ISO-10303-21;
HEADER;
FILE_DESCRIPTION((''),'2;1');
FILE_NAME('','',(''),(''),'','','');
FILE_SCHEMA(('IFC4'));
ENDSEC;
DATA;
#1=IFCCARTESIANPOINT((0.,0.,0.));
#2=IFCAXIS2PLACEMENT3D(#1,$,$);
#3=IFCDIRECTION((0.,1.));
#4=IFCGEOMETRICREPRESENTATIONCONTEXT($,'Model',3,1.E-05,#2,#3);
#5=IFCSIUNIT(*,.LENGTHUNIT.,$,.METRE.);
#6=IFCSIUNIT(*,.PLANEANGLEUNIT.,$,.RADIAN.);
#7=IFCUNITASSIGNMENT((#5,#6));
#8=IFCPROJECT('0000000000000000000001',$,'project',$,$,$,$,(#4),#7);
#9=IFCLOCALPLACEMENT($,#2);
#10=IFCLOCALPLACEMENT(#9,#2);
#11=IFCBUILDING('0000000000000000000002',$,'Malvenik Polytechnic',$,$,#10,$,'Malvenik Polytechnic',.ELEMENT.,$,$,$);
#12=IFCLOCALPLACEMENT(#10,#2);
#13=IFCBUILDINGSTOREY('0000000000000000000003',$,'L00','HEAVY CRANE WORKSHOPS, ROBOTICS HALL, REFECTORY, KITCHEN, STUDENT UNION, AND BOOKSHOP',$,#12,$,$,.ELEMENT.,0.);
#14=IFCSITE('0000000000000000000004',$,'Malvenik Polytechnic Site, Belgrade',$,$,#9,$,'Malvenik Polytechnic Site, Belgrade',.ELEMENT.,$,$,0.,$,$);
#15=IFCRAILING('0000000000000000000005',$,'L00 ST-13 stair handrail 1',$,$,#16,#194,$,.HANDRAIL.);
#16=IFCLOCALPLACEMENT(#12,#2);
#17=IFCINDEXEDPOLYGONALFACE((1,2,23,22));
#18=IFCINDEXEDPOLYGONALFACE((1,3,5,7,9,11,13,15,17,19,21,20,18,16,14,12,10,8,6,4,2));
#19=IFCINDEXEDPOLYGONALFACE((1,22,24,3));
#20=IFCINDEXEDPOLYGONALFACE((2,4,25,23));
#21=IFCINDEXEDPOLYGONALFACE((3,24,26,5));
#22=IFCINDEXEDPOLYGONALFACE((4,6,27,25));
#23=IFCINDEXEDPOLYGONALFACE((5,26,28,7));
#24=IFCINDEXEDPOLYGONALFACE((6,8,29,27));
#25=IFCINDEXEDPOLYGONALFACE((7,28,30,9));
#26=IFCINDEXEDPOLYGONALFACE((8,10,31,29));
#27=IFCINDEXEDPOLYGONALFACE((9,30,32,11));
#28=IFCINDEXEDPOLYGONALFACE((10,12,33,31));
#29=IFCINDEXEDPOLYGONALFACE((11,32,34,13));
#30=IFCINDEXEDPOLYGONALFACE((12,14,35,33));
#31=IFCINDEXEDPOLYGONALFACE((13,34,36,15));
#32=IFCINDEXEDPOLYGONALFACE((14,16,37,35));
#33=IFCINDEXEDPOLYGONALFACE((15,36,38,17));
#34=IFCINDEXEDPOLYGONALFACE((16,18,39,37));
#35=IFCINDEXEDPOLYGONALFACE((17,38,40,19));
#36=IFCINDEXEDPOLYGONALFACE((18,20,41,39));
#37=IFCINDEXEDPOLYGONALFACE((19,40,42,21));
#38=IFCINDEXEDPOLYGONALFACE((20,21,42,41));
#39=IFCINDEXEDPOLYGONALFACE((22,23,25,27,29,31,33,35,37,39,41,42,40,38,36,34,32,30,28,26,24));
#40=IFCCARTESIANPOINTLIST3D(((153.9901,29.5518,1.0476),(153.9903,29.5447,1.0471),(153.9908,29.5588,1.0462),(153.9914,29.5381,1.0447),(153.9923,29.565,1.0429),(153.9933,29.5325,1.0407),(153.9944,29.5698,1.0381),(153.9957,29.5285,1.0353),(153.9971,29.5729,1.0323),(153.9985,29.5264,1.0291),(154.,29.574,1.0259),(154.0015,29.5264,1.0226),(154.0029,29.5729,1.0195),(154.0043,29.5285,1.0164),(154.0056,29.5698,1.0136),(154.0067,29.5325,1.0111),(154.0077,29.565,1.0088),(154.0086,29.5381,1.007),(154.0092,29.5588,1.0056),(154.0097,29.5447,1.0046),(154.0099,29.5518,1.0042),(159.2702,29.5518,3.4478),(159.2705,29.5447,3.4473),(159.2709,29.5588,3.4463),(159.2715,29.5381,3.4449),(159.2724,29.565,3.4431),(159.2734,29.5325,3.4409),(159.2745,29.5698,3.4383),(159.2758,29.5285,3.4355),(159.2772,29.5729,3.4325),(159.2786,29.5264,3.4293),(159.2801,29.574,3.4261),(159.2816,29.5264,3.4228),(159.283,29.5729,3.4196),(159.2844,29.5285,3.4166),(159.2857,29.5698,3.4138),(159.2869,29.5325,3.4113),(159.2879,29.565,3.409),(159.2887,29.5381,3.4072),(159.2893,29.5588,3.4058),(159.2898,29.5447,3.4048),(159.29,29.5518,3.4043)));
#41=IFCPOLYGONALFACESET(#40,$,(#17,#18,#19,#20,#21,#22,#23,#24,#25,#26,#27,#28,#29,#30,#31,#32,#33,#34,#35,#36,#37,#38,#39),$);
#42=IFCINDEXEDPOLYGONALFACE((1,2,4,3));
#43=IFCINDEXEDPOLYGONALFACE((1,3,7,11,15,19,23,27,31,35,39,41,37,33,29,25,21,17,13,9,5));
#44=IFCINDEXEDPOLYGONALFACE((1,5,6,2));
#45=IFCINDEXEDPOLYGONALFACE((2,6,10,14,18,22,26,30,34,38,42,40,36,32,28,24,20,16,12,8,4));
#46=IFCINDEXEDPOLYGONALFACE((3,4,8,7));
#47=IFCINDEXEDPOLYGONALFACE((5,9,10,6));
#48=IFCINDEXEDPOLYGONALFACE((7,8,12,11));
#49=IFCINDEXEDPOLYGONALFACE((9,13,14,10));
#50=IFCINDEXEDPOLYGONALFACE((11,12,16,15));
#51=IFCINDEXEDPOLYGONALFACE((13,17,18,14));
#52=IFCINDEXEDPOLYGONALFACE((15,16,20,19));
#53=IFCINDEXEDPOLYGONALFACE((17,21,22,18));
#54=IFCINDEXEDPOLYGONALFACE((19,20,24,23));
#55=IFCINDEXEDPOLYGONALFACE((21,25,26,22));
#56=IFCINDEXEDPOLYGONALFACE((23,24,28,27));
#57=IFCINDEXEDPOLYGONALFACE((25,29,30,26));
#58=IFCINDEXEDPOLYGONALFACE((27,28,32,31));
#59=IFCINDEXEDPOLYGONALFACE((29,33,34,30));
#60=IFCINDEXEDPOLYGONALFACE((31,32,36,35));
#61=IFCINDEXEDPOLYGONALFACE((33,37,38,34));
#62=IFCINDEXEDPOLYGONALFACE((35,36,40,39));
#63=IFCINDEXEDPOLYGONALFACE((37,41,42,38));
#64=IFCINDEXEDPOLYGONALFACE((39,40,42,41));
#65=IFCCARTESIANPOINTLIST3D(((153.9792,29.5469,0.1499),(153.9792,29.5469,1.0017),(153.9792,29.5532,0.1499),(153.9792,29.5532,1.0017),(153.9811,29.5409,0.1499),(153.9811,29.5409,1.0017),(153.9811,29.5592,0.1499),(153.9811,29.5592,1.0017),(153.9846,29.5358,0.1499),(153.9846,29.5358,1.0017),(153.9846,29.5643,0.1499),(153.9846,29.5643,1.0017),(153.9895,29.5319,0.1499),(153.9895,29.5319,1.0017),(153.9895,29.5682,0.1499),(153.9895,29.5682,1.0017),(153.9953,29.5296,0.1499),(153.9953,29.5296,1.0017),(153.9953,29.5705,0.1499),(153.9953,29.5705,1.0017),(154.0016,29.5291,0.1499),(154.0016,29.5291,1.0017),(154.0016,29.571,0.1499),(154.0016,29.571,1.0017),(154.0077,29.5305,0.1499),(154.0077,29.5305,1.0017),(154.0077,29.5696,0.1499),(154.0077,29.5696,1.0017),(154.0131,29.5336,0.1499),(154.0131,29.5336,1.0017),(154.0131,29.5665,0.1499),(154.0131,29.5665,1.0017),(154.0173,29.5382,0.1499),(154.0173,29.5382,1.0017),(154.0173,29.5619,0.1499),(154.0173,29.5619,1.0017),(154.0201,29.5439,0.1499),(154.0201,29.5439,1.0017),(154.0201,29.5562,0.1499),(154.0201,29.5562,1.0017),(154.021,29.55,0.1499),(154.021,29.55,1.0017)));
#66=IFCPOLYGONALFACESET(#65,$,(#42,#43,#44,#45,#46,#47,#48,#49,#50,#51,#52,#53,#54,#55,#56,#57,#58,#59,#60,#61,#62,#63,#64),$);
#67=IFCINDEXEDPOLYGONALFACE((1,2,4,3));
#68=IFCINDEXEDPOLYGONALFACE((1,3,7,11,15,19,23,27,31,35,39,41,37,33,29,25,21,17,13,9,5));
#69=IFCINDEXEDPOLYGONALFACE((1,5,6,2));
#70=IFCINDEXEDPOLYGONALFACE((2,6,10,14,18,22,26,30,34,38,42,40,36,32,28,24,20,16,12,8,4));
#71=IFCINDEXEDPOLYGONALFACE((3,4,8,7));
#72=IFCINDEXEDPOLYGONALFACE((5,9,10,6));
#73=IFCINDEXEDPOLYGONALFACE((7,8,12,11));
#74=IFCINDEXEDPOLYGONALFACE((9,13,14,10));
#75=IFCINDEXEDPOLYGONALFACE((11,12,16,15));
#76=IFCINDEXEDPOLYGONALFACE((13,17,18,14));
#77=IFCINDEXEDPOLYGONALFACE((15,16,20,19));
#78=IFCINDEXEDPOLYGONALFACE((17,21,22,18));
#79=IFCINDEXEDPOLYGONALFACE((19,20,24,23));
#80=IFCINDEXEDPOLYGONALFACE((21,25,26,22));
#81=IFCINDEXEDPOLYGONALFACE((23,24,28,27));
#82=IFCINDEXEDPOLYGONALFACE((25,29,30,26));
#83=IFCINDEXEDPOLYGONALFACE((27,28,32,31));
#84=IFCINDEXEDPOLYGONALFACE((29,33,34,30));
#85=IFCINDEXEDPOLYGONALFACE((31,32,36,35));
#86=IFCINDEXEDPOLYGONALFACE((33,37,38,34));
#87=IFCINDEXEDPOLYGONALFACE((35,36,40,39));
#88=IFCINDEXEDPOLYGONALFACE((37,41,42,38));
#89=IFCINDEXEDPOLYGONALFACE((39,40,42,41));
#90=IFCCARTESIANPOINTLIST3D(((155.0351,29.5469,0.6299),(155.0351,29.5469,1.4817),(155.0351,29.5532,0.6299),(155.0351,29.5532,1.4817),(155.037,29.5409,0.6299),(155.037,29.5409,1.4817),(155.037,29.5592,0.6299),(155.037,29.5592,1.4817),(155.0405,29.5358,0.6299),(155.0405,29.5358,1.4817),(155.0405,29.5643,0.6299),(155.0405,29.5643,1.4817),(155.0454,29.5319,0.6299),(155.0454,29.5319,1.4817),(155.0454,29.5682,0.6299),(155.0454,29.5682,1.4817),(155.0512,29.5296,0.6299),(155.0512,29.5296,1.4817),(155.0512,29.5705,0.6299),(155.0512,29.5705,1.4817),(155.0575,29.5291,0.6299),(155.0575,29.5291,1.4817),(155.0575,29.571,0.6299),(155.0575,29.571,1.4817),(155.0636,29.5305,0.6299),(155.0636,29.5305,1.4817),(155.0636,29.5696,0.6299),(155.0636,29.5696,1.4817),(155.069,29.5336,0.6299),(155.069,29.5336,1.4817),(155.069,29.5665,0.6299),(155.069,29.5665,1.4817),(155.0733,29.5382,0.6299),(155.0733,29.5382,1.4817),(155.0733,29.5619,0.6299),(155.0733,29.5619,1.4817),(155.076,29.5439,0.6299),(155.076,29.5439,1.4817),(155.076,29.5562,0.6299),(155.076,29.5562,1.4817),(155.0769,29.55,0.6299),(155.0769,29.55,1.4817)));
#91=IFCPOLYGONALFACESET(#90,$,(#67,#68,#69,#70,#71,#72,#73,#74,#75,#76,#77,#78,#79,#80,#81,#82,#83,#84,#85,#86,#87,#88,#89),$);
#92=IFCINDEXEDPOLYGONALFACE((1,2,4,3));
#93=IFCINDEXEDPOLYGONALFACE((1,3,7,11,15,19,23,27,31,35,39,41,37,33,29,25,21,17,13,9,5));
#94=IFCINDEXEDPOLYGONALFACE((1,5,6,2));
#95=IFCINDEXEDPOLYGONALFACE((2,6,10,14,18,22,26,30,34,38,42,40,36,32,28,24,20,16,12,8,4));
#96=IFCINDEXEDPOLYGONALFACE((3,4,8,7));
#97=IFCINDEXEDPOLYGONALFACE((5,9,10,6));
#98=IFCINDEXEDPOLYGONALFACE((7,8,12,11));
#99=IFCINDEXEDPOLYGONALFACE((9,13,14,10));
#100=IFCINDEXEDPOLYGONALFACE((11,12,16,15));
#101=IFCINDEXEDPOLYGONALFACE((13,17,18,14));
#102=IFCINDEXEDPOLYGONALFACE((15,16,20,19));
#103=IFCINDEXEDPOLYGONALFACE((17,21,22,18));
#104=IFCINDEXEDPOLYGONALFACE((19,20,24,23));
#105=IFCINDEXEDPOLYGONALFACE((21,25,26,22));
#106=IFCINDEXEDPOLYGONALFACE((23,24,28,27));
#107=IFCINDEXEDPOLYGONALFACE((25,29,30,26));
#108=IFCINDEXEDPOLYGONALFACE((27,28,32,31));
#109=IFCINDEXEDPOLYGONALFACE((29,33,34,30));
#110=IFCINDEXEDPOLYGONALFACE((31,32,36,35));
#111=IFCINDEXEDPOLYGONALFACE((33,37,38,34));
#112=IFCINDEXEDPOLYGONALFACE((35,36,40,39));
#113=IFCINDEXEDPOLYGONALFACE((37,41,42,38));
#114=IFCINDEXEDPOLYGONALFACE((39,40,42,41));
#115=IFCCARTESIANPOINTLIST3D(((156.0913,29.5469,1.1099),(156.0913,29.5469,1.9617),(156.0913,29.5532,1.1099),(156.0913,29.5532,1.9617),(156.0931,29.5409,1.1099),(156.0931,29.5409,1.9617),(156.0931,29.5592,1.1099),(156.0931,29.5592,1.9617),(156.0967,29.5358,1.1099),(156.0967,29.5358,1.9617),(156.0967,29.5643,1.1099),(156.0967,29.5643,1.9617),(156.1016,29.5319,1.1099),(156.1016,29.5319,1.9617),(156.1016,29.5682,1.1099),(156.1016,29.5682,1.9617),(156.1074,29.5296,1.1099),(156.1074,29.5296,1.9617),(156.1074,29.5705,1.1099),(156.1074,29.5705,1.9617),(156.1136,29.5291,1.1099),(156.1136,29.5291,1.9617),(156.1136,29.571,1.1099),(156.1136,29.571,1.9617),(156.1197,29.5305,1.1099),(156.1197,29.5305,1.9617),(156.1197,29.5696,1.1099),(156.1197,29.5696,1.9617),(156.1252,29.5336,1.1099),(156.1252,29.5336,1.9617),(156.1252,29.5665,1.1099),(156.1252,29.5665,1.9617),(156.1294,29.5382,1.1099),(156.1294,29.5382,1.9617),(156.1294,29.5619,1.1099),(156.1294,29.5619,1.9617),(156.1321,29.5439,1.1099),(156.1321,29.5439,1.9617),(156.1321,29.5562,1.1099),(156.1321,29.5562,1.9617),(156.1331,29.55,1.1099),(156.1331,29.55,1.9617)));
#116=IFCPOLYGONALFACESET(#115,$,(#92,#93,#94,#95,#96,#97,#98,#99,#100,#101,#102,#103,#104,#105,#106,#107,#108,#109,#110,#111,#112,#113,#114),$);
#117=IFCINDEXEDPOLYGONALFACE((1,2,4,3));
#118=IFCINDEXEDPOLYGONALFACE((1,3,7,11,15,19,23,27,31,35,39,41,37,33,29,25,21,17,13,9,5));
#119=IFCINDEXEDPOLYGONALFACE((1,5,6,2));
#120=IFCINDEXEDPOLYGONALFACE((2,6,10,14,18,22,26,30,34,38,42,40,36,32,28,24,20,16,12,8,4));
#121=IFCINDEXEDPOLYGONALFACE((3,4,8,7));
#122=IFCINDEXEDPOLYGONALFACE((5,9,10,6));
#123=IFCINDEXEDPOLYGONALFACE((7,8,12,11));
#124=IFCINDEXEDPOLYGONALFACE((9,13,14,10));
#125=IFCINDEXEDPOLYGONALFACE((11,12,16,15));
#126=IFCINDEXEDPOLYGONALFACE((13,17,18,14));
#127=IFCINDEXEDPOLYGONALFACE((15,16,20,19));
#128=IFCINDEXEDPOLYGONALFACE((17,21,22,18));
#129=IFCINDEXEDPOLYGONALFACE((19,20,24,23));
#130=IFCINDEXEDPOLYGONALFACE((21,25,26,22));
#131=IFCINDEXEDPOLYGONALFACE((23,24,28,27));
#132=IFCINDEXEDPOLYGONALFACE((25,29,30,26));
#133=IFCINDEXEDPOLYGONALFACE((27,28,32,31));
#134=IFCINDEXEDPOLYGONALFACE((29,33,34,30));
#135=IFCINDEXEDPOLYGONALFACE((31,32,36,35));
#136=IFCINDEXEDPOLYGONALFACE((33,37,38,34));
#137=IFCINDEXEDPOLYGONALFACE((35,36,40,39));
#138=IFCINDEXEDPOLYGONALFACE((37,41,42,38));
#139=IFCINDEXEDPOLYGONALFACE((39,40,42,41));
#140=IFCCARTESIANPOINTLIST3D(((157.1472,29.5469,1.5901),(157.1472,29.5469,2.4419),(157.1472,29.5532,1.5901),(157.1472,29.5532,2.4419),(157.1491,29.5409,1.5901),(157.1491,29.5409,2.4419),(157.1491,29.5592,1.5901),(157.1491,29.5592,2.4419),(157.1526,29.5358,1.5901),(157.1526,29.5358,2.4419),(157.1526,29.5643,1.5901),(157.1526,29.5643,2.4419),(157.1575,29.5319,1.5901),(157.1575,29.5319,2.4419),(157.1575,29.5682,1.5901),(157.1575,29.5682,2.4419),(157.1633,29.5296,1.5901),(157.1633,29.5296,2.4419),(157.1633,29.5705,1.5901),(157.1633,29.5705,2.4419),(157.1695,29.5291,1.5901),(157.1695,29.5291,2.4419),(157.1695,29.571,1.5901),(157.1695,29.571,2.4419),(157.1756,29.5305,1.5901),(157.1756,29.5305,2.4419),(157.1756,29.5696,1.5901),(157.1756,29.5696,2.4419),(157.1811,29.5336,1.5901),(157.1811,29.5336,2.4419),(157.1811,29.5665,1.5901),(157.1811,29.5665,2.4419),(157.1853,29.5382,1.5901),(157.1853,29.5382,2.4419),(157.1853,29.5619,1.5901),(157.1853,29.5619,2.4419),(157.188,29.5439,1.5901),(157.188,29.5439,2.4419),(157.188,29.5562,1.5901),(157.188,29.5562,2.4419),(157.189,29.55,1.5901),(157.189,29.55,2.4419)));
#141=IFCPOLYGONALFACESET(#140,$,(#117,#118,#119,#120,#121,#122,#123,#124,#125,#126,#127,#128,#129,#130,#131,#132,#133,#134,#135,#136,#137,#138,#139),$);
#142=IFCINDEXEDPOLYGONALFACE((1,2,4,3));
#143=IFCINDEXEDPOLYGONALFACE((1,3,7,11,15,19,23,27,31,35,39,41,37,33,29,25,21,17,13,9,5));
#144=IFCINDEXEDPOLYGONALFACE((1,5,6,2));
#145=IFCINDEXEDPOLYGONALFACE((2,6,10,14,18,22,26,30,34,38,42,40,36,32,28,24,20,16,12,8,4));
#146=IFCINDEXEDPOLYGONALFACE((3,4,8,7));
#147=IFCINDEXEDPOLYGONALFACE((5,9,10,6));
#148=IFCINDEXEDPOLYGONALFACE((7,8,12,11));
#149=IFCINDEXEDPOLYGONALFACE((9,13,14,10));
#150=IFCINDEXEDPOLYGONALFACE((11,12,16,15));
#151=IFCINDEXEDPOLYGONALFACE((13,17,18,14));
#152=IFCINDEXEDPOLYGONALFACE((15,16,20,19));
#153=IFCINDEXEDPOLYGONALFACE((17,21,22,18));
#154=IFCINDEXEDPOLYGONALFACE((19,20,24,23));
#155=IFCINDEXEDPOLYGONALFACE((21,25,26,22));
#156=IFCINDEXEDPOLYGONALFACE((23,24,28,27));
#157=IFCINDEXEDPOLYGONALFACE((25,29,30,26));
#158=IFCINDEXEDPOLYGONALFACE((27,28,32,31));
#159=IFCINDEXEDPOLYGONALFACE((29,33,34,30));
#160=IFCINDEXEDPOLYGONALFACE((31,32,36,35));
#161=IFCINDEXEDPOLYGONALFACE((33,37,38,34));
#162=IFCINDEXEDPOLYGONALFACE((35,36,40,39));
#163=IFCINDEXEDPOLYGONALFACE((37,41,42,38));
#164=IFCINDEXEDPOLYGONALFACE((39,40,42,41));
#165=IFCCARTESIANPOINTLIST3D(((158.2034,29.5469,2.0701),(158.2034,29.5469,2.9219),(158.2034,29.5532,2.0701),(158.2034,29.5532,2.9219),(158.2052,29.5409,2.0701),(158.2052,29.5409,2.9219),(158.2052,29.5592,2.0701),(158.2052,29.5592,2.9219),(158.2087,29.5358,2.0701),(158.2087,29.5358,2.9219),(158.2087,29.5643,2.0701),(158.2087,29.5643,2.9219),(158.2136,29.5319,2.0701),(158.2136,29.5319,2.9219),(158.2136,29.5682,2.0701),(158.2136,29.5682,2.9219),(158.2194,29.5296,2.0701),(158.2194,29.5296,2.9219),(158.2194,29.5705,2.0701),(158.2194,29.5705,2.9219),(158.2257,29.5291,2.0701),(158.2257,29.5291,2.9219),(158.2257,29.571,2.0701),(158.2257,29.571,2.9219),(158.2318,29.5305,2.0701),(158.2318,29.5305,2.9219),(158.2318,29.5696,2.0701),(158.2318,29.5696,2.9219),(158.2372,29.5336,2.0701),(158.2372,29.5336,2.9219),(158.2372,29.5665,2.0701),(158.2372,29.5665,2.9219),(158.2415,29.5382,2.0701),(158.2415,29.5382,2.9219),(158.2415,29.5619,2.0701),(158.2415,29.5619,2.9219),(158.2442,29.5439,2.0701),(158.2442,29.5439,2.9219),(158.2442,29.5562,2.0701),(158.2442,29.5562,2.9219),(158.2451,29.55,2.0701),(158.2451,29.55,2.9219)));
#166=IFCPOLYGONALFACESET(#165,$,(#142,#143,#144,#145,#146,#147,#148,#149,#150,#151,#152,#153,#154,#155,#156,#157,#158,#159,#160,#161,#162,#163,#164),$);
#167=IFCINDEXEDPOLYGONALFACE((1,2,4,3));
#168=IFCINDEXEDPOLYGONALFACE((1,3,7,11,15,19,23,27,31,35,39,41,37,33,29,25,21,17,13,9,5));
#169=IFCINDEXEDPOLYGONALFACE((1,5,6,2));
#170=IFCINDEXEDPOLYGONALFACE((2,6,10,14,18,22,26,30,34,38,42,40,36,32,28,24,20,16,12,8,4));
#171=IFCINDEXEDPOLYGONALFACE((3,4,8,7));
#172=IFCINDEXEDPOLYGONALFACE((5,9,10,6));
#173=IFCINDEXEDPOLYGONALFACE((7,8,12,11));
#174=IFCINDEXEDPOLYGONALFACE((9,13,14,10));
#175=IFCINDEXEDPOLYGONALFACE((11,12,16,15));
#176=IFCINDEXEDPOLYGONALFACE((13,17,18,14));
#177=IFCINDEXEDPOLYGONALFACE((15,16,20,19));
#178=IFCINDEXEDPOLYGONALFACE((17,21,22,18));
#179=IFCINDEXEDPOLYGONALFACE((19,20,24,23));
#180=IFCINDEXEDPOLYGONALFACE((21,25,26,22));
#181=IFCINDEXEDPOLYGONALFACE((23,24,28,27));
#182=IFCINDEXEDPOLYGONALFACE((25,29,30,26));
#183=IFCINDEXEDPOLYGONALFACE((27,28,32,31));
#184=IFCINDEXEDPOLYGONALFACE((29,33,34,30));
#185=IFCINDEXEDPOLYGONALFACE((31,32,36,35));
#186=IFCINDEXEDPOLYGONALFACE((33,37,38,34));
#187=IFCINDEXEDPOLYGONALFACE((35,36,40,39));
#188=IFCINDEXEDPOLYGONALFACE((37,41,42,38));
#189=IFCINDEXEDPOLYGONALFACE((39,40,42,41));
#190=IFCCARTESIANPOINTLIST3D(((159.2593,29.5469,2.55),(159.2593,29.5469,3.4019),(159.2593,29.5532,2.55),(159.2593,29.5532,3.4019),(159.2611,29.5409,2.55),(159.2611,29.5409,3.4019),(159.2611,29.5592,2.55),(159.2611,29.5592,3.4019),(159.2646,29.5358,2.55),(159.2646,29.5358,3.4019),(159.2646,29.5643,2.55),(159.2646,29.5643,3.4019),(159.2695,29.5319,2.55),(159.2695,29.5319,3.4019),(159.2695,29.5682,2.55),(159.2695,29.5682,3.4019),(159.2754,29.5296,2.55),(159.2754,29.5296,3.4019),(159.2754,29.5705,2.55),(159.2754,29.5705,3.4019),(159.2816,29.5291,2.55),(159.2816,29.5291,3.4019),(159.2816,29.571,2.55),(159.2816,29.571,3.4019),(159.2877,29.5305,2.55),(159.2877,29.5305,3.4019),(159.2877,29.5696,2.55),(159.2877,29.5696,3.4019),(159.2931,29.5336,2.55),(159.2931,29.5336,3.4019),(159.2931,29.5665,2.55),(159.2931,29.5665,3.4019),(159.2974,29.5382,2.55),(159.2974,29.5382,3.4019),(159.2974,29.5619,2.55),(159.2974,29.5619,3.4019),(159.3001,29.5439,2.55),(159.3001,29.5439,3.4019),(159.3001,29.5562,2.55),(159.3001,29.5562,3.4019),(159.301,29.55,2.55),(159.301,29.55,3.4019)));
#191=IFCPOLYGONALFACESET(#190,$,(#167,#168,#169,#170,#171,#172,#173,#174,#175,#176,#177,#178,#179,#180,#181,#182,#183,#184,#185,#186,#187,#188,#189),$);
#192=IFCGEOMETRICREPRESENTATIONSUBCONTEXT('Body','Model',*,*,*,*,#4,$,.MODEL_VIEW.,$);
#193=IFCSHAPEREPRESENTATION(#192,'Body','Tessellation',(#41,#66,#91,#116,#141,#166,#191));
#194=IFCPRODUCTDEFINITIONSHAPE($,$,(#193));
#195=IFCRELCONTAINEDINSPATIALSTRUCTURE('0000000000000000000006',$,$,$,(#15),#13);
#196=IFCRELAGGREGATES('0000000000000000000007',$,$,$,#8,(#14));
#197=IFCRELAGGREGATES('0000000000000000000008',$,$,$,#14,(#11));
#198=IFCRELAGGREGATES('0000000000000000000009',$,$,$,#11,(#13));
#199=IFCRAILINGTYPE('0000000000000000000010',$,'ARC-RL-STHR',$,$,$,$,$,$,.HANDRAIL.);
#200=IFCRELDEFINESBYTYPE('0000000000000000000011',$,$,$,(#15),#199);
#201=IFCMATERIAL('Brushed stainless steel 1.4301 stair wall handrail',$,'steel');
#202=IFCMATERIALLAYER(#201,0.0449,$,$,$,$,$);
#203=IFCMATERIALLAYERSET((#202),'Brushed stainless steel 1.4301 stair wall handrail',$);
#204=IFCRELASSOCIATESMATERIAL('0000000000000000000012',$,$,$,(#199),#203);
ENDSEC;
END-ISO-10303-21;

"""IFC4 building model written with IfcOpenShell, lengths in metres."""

from ifc_helpers import new_model, si_unit, direction, frame, origin, origin_2d, place, context, subcontext, project, spatial, circle, extrude, material, layer, layer_set, type_object, element, save


model = new_model("IFC4")

# Units and contexts
model_context = context("Model", 3, precision=1e-05, world=origin(), true_north=direction((0.0, 1.0)))
body_context = subcontext(model_context, "Body", "Model", "MODEL_VIEW")
ifc_project = project(units=[si_unit("LENGTHUNIT", "METRE"), si_unit("PLANEANGLEUNIT", "RADIAN")], contexts=[model_context])

# Site, building, storey
site_placement = place(None, origin())
site = spatial("IfcSite", under=ifc_project, at=site_placement, Name="Malvenik Polytechnic Site, Belgrade", LongName="Malvenik Polytechnic Site, Belgrade", CompositionType="ELEMENT", RefElevation=0.0)
building_placement = place(site_placement, origin())
building = spatial("IfcBuilding", under=site, at=building_placement, Name="Malvenik Polytechnic", LongName="Malvenik Polytechnic", CompositionType="ELEMENT")
storey_placement = place(building_placement, origin())
storey = spatial("IfcBuildingStorey", under=building, at=storey_placement, Name="L00", Description="HEAVY CRANE WORKSHOPS, ROBOTICS HALL, REFECTORY, KITCHEN, STUDENT UNION, AND BOOKSHOP", CompositionType="ELEMENT", Elevation=0.0)

# Railing
ifc_material_1 = material(Name="Brushed stainless steel 1.4301 stair wall handrail", Category="steel")
ifc_layer_1 = layer(ifc_material_1, 0.0449)
ifc_layer_set_1 = layer_set([ifc_layer_1], Name="Brushed stainless steel 1.4301 stair wall handrail")
railing_type_1 = type_object("IfcRailingType", Name="ARC-RL-STHR", PredefinedType="HANDRAIL", material=ifc_layer_set_1)
railing_1_placement = place(storey_placement, frame((154.0, 29.55, 0.1499)))
element("IfcRailing", 1, at=railing_1_placement, inside=storey, type_object=railing_type_1, Name="L00 ST-13 stair handrail 1", PredefinedType="HANDRAIL", context=body_context, shape_type="SweptSolid", body=[
    extrude(circle(Radius=0.0239, at=origin_2d()), frame((0.0, 0.0, 0.876), z_axis=(0.910358, 0.0, 0.413822), x_axis=(0.0, 1.0, 0.0)), (0.0, 0.0, 1.0), 5.8),
    extrude(circle(Radius=0.021, at=origin_2d()), origin(), (0.0, 0.0, 1.0), 0.8518),
    extrude(circle(Radius=0.021, at=origin_2d()), frame((1.0559, 0.0, 0.48)), (0.0, 0.0, 1.0), 0.8518),
    extrude(circle(Radius=0.021, at=origin_2d()), frame((2.1121, 0.0, 0.96)), (0.0, 0.0, 1.0), 0.8518),
    extrude(circle(Radius=0.021, at=origin_2d()), frame((3.168, 0.0, 1.4402)), (0.0, 0.0, 1.0), 0.8518),
    extrude(circle(Radius=0.021, at=origin_2d()), frame((4.2241, 0.0, 1.9202)), (0.0, 0.0, 1.0), 0.8518),
    extrude(circle(Radius=0.021, at=origin_2d()), frame((5.28, 0.0, 2.4001)), (0.0, 0.0, 1.0), 0.8518),
])

save(model, "model.ifc")
